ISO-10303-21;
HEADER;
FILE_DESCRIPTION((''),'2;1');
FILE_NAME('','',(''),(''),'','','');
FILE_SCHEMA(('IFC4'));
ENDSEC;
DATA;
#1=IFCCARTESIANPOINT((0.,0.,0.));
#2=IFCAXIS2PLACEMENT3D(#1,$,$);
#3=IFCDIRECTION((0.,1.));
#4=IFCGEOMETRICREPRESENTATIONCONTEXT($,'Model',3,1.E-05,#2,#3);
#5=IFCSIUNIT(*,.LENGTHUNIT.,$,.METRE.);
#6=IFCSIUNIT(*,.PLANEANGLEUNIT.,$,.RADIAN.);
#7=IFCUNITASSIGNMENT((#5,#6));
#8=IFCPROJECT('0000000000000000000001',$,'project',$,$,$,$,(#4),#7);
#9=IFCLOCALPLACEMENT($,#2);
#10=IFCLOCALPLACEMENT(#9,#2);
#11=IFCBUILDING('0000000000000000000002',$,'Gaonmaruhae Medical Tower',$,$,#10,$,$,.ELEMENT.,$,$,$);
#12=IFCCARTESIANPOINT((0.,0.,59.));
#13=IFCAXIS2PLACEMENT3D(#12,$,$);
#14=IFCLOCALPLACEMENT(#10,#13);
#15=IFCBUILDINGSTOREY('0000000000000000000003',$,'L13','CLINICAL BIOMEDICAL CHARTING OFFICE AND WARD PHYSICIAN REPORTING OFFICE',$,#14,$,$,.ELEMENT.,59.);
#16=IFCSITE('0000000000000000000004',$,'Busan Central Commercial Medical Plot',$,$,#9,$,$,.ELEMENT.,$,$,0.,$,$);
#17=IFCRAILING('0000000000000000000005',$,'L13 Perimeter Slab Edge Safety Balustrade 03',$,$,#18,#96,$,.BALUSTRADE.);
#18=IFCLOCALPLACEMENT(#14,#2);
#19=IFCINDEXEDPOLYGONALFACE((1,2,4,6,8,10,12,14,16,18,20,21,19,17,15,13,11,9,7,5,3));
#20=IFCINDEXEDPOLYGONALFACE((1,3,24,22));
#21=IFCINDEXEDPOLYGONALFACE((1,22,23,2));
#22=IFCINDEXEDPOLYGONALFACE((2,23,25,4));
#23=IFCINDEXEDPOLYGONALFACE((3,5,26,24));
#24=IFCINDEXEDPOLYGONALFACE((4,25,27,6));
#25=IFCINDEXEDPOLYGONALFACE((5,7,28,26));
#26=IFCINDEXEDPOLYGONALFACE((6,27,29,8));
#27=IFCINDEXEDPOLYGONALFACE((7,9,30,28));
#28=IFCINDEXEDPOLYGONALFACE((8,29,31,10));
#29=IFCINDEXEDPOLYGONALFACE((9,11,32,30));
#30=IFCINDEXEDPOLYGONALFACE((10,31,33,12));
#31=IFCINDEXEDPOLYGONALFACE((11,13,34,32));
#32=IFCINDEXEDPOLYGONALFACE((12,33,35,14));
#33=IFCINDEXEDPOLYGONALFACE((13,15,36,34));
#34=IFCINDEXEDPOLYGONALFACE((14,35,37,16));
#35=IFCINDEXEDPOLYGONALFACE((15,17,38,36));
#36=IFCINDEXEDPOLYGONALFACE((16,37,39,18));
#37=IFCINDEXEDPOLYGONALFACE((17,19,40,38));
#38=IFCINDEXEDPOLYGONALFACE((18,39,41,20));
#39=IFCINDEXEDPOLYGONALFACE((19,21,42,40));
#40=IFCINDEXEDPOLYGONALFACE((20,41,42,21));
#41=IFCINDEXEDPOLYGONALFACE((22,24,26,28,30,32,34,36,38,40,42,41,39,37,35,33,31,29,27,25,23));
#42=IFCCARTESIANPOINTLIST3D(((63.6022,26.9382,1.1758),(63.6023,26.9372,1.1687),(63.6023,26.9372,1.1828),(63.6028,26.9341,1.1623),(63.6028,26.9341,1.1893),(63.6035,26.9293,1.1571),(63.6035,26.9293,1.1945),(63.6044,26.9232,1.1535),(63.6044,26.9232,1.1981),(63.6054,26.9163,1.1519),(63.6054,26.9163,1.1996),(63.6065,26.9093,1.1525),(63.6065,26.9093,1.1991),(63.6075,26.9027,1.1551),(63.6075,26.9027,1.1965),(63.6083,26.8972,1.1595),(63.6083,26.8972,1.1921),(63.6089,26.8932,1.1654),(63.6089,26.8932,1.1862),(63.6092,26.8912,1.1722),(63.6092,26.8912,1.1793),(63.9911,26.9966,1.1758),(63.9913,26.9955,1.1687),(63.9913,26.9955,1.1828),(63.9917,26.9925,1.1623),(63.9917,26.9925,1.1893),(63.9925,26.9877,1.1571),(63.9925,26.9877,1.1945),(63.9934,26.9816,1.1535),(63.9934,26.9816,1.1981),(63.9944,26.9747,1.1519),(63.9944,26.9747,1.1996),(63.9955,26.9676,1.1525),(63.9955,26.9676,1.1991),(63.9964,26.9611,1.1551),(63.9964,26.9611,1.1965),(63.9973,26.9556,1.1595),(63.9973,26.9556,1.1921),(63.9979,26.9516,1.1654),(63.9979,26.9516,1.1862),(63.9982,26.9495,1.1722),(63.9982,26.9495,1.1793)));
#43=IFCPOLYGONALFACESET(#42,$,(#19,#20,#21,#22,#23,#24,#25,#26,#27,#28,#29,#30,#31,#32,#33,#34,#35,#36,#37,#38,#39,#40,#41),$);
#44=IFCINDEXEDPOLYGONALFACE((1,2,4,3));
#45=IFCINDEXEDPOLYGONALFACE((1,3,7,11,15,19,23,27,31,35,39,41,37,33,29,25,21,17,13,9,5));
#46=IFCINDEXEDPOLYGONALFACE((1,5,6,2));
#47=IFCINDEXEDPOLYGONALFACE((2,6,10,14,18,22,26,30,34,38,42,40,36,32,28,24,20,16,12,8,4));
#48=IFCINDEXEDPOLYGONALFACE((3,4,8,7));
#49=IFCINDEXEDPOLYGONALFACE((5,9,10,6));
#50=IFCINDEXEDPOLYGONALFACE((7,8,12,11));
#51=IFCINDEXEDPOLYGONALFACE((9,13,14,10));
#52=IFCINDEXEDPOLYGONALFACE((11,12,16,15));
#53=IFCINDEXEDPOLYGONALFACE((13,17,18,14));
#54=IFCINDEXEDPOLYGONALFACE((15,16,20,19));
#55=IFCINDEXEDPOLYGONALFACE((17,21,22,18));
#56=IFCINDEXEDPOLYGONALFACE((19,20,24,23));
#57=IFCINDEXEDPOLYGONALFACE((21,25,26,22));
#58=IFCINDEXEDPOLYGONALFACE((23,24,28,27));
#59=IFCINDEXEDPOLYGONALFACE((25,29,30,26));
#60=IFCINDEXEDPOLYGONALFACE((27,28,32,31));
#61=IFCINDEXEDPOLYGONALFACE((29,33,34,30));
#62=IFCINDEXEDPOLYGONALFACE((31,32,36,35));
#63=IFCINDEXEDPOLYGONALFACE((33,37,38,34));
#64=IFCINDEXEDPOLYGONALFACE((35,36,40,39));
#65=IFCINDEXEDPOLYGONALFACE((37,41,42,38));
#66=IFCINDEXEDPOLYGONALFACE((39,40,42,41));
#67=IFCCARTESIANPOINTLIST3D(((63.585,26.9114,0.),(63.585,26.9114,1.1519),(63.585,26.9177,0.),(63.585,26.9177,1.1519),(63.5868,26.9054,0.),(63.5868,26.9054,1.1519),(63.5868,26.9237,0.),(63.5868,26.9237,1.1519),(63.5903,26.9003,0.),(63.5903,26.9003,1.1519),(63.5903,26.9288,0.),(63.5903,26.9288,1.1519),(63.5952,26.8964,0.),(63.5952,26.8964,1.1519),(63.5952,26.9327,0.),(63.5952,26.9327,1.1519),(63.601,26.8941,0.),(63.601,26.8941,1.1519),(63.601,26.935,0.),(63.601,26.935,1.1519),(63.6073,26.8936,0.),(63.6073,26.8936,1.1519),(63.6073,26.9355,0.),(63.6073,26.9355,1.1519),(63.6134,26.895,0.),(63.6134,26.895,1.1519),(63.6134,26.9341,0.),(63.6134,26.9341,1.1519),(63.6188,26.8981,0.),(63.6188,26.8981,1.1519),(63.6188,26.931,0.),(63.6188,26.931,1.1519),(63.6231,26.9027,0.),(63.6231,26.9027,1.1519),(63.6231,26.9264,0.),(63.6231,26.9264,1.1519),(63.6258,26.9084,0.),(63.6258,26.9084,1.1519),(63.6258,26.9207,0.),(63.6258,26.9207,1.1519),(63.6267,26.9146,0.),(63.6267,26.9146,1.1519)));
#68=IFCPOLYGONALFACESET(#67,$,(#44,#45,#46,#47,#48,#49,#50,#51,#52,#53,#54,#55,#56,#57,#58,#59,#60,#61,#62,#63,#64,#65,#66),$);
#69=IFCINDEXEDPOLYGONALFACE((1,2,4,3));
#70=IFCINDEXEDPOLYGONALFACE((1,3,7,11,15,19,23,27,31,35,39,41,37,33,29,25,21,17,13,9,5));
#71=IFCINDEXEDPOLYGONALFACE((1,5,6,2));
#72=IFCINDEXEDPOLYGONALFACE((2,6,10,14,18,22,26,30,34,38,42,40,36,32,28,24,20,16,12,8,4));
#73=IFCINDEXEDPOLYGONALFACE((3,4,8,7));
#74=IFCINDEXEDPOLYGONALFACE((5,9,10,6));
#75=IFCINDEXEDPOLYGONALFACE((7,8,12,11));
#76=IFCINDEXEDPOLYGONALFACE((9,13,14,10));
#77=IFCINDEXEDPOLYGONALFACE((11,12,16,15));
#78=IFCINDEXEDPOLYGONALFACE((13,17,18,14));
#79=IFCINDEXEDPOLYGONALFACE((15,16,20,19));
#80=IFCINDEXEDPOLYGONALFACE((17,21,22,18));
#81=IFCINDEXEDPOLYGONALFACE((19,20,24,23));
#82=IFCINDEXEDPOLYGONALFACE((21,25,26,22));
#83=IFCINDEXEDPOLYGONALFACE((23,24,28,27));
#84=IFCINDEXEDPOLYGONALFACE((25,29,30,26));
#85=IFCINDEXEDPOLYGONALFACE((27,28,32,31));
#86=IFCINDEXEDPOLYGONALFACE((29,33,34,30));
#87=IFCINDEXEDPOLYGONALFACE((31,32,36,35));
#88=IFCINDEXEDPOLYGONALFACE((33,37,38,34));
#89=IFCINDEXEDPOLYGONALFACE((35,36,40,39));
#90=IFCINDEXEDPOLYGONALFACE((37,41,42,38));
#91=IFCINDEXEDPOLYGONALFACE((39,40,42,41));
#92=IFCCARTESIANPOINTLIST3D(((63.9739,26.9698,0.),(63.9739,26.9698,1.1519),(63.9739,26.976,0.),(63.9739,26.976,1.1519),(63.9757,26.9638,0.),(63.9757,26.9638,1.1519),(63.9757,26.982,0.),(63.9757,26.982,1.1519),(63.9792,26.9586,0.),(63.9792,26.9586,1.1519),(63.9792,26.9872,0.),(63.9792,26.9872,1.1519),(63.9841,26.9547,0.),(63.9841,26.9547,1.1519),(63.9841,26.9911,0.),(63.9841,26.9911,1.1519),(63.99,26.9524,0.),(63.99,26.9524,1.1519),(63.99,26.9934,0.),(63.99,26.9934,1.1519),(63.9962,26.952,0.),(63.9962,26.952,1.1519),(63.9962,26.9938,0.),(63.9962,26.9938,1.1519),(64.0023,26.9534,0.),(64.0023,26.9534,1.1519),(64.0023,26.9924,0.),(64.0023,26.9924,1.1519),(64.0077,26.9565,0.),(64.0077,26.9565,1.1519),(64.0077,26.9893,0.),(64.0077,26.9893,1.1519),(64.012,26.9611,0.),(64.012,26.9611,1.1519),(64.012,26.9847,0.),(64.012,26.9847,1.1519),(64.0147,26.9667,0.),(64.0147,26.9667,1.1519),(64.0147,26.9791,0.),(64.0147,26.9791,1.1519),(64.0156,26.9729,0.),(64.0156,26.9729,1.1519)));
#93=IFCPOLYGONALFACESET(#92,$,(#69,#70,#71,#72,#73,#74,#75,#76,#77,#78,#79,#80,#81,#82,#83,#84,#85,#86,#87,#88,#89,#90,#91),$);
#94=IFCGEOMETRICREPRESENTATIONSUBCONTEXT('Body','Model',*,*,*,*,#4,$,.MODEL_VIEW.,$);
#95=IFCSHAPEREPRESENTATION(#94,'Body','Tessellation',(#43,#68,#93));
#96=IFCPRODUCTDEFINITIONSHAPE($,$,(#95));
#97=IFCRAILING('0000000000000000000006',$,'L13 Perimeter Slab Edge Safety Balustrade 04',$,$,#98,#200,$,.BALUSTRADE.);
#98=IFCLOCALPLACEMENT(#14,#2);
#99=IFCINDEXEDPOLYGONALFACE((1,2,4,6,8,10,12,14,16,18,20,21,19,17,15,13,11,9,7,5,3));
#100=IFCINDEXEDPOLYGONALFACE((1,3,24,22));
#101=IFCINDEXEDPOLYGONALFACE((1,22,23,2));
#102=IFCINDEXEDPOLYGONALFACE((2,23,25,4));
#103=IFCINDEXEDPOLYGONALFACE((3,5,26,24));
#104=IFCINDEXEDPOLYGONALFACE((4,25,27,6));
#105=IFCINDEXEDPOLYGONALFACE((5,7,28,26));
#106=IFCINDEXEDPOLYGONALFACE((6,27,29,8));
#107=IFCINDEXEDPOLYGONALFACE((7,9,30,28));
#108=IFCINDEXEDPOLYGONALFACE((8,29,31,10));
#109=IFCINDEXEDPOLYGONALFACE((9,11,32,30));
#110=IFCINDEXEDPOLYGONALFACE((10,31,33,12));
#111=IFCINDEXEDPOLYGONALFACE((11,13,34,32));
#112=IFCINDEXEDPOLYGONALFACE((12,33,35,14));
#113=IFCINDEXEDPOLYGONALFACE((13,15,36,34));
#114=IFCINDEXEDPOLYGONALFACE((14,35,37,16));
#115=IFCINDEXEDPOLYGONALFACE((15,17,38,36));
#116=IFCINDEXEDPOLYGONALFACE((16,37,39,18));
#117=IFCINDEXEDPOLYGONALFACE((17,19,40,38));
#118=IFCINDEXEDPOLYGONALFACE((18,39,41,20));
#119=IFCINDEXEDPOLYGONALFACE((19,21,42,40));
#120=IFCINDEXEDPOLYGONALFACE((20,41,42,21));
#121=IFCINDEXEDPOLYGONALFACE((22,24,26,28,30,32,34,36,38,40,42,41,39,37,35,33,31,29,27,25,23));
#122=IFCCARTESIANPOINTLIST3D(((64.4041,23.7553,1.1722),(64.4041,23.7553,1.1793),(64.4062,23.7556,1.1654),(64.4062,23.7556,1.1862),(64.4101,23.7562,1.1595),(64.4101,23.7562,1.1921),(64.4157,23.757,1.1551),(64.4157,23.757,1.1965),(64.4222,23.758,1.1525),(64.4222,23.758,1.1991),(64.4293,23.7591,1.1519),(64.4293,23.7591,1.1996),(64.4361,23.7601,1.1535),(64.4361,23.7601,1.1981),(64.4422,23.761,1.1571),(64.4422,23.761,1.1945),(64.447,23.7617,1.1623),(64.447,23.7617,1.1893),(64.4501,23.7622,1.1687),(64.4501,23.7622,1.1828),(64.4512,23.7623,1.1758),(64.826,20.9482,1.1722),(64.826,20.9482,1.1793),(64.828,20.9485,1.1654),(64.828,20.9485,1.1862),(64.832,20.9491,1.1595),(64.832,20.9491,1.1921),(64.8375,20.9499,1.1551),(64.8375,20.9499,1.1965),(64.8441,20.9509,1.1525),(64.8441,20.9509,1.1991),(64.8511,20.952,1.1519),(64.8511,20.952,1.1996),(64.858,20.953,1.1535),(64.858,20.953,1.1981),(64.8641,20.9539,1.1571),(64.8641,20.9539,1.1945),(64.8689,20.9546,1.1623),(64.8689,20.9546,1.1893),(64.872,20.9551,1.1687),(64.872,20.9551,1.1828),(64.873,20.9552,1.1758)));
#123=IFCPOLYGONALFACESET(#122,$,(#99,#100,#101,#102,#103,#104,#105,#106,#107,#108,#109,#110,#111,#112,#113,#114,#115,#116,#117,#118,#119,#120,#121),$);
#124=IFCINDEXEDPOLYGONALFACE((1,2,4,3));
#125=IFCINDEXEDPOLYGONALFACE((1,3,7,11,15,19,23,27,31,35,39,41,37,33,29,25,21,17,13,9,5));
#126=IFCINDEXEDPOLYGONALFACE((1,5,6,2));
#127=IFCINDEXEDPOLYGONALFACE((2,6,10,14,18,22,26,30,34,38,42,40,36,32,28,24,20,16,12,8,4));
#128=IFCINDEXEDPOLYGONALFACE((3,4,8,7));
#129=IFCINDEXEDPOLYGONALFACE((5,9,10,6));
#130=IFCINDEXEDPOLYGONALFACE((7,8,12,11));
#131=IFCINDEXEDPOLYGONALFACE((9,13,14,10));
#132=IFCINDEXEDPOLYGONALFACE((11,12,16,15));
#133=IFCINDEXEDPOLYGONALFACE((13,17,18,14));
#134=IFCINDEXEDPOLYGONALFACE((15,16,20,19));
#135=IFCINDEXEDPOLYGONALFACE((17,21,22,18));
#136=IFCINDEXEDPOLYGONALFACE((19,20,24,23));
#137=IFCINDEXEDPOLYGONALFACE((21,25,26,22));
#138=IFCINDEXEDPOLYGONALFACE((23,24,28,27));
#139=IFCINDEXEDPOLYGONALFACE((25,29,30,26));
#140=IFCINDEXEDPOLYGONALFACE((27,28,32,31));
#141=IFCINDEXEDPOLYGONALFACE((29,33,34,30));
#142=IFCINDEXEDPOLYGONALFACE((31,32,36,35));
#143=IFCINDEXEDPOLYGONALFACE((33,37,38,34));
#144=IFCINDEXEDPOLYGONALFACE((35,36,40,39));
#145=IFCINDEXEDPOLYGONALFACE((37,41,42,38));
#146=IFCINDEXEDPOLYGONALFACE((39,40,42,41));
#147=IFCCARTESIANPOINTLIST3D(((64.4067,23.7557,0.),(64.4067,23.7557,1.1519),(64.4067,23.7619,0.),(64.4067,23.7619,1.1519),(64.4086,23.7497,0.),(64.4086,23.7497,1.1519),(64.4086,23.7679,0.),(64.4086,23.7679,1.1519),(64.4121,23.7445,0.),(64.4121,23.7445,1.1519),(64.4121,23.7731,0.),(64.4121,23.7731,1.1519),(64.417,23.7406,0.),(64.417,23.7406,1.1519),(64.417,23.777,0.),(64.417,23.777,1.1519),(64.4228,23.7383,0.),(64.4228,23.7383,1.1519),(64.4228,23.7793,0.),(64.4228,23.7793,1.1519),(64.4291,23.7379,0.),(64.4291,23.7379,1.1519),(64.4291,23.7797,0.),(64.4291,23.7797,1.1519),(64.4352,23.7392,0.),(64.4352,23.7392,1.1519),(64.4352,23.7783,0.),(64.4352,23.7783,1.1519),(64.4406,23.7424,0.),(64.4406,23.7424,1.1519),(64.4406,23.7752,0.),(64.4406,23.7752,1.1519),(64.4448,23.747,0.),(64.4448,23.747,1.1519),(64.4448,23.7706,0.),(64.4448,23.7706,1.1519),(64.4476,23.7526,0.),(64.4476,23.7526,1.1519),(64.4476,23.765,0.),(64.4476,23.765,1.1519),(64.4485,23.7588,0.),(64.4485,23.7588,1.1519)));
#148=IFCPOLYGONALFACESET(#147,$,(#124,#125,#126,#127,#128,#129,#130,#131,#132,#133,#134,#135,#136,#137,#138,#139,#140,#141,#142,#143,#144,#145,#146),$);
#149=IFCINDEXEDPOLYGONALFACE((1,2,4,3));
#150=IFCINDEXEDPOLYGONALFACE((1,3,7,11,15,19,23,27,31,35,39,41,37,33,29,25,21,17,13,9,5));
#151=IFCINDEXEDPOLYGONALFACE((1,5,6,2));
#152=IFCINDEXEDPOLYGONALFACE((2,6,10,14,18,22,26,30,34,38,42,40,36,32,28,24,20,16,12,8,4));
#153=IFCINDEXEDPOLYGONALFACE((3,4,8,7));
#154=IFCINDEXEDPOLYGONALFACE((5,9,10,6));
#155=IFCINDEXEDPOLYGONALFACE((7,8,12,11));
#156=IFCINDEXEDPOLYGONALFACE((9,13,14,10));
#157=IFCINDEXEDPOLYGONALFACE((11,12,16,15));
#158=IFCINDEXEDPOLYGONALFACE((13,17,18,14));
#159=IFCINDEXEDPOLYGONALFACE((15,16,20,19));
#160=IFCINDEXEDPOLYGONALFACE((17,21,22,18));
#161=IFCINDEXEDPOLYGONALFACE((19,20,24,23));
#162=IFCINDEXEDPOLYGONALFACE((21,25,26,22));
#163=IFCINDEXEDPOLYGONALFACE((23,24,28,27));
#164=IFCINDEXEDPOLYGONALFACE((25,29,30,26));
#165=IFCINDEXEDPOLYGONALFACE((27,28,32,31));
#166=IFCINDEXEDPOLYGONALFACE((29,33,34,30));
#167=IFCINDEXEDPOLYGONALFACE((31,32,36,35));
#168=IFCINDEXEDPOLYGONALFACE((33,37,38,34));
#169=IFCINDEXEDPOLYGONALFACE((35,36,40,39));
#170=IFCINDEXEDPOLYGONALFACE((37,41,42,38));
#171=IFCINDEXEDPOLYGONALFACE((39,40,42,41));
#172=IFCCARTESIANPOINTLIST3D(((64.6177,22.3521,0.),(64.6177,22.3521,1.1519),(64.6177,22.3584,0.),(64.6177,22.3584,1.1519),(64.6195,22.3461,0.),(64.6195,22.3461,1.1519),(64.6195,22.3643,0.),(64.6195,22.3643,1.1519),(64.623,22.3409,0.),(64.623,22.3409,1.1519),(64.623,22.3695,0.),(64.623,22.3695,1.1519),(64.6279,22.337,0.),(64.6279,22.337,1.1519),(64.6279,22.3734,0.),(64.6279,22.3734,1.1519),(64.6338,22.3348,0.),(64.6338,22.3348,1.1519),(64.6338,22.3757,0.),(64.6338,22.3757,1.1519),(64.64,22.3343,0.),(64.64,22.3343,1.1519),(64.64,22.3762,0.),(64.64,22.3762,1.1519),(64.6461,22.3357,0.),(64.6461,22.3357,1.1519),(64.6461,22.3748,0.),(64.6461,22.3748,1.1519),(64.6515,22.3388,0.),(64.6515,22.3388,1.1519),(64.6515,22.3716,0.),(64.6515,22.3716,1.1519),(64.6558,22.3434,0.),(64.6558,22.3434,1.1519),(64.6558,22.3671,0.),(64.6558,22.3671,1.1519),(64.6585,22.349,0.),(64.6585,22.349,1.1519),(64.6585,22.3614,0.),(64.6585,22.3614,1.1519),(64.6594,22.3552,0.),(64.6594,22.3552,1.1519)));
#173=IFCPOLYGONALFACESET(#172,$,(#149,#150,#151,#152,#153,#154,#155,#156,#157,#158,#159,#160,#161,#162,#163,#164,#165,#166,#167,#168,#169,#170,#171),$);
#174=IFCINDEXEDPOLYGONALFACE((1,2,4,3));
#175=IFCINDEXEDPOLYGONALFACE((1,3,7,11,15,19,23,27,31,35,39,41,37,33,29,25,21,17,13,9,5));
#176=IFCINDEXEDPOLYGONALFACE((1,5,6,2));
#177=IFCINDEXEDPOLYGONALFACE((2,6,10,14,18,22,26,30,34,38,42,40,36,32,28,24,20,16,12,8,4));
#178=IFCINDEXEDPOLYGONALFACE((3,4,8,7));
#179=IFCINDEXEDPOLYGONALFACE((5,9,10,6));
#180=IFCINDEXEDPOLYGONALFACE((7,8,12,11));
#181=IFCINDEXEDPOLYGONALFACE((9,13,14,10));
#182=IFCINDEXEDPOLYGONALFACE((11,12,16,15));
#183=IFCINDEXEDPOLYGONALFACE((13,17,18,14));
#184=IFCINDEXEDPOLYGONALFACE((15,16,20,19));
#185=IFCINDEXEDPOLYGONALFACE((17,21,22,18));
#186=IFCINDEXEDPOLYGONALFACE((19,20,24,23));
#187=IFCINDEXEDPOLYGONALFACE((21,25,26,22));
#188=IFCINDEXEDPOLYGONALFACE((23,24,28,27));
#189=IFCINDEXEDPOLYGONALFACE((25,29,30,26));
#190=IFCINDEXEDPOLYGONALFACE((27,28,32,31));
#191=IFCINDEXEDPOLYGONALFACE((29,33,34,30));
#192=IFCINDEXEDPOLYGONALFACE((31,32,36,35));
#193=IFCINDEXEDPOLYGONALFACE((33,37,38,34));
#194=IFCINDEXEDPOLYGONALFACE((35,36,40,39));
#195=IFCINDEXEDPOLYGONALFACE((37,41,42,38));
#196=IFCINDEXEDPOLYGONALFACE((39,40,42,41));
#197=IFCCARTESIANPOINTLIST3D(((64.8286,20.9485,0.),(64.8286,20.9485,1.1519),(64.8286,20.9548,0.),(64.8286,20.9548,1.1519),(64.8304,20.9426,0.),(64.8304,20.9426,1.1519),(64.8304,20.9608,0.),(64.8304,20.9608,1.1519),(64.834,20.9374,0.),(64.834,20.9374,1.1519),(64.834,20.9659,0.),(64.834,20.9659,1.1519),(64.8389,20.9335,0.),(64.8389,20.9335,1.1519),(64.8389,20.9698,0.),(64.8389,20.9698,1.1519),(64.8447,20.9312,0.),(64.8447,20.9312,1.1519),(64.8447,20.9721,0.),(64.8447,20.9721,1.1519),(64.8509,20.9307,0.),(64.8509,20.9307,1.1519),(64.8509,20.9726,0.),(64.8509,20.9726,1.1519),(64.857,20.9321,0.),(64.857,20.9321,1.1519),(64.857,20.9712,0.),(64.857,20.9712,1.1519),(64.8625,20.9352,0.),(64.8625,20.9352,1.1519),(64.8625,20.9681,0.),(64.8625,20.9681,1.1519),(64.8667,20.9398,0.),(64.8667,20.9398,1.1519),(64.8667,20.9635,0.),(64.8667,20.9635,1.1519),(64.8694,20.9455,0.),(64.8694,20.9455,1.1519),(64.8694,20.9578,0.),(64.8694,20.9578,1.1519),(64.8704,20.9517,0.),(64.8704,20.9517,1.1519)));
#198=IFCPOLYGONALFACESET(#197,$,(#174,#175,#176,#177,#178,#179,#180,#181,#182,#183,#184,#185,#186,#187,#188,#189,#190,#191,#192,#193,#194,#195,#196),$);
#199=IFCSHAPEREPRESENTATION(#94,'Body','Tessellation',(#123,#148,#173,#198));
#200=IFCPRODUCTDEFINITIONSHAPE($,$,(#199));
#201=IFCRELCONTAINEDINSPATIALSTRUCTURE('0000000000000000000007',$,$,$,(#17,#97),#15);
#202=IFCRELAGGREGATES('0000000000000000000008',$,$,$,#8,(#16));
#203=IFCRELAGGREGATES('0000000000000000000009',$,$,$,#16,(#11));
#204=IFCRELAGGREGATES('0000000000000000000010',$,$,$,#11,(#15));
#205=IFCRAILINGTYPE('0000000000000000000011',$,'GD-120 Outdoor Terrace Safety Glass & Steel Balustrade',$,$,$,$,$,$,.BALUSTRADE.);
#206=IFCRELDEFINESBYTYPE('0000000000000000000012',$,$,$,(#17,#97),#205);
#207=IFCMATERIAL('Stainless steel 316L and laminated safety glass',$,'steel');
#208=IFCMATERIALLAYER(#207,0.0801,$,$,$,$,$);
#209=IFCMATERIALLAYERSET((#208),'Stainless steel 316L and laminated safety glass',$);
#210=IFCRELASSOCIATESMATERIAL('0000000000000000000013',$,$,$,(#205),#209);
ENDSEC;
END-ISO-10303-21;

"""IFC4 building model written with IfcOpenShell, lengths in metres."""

from ifc_helpers import new_model, si_unit, direction, frame, origin, origin_2d, place, context, subcontext, project, spatial, circle, extrude, material, layer, layer_set, type_object, element, save


model = new_model("IFC4")

# Units and contexts
model_context = context("Model", 3, precision=1e-05, world=origin(), true_north=direction((0.0, 1.0)))
body_context = subcontext(model_context, "Body", "Model", "MODEL_VIEW")
ifc_project = project(units=[si_unit("LENGTHUNIT", "METRE"), si_unit("PLANEANGLEUNIT", "RADIAN")], contexts=[model_context])

# Site, building, storey
site_placement = place(None, origin())
site = spatial("IfcSite", under=ifc_project, at=site_placement, Name="Busan Central Commercial Medical Plot", CompositionType="ELEMENT", RefElevation=0.0)
building_placement = place(site_placement, origin())
building = spatial("IfcBuilding", under=site, at=building_placement, Name="Gaonmaruhae Medical Tower", CompositionType="ELEMENT")
storey_placement = place(building_placement, frame((0.0, 0.0, 59.0)))
storey = spatial("IfcBuildingStorey", under=building, at=storey_placement, Name="L13", Description="CLINICAL BIOMEDICAL CHARTING OFFICE AND WARD PHYSICIAN REPORTING OFFICE", CompositionType="ELEMENT", Elevation=59.0)

# Railings
ifc_material_1 = material(Name="Stainless steel 316L and laminated safety glass", Category="steel")
ifc_layer_1 = layer(ifc_material_1, 0.0801)
ifc_layer_set_1 = layer_set([ifc_layer_1], Name="Stainless steel 316L and laminated safety glass")
railing_type = type_object("IfcRailingType", Name="GD-120 Outdoor Terrace Safety Glass & Steel Balustrade", PredefinedType="BALUSTRADE", material=ifc_layer_set_1)
railing_1_placement = place(storey_placement, frame((63.6057, 26.9146, 0.0)))
element("IfcRailing", 1, at=railing_1_placement, inside=storey, type_object=railing_type, Name="L13 Perimeter Slab Edge Safety Balustrade 03", PredefinedType="BALUSTRADE", context=body_context, shape_type="SweptSolid", body=[
    extrude(circle(Radius=0.0239, at=origin_2d()), frame((0.0, 0.0, 1.1758), z_axis=(0.988932, 0.148371, 0.0), x_axis=(-0.148371, 0.988932, 0.0)), (0.0, 0.0, 1.0), 0.3933),
    extrude(circle(Radius=0.021, at=origin_2d()), origin(), (0.0, 0.0, 1.0), 1.1519),
    extrude(circle(Radius=0.021, at=origin_2d()), frame((0.3889, 0.0583, 0.0)), (0.0, 0.0, 1.0), 1.1519),
])
railing_2_placement = place(storey_placement, frame((64.4275, 23.7588, 0.0)))
element("IfcRailing", 2, at=railing_2_placement, inside=storey, type_object=railing_type, Name="L13 Perimeter Slab Edge Safety Balustrade 04", PredefinedType="BALUSTRADE", context=body_context, shape_type="SweptSolid", body=[
    extrude(circle(Radius=0.0239, at=origin_2d()), frame((0.0, 0.0, 1.1758), z_axis=(0.148618, -0.988895, 0.0), x_axis=(0.988895, 0.148618, 0.0)), (0.0, 0.0, 1.0), 2.8386),
    extrude(circle(Radius=0.021, at=origin_2d()), origin(), (0.0, 0.0, 1.0), 1.1519),
    extrude(circle(Radius=0.021, at=origin_2d()), frame((0.2109, -1.4036, 0.0)), (0.0, 0.0, 1.0), 1.1519),
    extrude(circle(Radius=0.021, at=origin_2d()), frame((0.4219, -2.8071, 0.0)), (0.0, 0.0, 1.0), 1.1519),
])

save(model, "model.ifc")
